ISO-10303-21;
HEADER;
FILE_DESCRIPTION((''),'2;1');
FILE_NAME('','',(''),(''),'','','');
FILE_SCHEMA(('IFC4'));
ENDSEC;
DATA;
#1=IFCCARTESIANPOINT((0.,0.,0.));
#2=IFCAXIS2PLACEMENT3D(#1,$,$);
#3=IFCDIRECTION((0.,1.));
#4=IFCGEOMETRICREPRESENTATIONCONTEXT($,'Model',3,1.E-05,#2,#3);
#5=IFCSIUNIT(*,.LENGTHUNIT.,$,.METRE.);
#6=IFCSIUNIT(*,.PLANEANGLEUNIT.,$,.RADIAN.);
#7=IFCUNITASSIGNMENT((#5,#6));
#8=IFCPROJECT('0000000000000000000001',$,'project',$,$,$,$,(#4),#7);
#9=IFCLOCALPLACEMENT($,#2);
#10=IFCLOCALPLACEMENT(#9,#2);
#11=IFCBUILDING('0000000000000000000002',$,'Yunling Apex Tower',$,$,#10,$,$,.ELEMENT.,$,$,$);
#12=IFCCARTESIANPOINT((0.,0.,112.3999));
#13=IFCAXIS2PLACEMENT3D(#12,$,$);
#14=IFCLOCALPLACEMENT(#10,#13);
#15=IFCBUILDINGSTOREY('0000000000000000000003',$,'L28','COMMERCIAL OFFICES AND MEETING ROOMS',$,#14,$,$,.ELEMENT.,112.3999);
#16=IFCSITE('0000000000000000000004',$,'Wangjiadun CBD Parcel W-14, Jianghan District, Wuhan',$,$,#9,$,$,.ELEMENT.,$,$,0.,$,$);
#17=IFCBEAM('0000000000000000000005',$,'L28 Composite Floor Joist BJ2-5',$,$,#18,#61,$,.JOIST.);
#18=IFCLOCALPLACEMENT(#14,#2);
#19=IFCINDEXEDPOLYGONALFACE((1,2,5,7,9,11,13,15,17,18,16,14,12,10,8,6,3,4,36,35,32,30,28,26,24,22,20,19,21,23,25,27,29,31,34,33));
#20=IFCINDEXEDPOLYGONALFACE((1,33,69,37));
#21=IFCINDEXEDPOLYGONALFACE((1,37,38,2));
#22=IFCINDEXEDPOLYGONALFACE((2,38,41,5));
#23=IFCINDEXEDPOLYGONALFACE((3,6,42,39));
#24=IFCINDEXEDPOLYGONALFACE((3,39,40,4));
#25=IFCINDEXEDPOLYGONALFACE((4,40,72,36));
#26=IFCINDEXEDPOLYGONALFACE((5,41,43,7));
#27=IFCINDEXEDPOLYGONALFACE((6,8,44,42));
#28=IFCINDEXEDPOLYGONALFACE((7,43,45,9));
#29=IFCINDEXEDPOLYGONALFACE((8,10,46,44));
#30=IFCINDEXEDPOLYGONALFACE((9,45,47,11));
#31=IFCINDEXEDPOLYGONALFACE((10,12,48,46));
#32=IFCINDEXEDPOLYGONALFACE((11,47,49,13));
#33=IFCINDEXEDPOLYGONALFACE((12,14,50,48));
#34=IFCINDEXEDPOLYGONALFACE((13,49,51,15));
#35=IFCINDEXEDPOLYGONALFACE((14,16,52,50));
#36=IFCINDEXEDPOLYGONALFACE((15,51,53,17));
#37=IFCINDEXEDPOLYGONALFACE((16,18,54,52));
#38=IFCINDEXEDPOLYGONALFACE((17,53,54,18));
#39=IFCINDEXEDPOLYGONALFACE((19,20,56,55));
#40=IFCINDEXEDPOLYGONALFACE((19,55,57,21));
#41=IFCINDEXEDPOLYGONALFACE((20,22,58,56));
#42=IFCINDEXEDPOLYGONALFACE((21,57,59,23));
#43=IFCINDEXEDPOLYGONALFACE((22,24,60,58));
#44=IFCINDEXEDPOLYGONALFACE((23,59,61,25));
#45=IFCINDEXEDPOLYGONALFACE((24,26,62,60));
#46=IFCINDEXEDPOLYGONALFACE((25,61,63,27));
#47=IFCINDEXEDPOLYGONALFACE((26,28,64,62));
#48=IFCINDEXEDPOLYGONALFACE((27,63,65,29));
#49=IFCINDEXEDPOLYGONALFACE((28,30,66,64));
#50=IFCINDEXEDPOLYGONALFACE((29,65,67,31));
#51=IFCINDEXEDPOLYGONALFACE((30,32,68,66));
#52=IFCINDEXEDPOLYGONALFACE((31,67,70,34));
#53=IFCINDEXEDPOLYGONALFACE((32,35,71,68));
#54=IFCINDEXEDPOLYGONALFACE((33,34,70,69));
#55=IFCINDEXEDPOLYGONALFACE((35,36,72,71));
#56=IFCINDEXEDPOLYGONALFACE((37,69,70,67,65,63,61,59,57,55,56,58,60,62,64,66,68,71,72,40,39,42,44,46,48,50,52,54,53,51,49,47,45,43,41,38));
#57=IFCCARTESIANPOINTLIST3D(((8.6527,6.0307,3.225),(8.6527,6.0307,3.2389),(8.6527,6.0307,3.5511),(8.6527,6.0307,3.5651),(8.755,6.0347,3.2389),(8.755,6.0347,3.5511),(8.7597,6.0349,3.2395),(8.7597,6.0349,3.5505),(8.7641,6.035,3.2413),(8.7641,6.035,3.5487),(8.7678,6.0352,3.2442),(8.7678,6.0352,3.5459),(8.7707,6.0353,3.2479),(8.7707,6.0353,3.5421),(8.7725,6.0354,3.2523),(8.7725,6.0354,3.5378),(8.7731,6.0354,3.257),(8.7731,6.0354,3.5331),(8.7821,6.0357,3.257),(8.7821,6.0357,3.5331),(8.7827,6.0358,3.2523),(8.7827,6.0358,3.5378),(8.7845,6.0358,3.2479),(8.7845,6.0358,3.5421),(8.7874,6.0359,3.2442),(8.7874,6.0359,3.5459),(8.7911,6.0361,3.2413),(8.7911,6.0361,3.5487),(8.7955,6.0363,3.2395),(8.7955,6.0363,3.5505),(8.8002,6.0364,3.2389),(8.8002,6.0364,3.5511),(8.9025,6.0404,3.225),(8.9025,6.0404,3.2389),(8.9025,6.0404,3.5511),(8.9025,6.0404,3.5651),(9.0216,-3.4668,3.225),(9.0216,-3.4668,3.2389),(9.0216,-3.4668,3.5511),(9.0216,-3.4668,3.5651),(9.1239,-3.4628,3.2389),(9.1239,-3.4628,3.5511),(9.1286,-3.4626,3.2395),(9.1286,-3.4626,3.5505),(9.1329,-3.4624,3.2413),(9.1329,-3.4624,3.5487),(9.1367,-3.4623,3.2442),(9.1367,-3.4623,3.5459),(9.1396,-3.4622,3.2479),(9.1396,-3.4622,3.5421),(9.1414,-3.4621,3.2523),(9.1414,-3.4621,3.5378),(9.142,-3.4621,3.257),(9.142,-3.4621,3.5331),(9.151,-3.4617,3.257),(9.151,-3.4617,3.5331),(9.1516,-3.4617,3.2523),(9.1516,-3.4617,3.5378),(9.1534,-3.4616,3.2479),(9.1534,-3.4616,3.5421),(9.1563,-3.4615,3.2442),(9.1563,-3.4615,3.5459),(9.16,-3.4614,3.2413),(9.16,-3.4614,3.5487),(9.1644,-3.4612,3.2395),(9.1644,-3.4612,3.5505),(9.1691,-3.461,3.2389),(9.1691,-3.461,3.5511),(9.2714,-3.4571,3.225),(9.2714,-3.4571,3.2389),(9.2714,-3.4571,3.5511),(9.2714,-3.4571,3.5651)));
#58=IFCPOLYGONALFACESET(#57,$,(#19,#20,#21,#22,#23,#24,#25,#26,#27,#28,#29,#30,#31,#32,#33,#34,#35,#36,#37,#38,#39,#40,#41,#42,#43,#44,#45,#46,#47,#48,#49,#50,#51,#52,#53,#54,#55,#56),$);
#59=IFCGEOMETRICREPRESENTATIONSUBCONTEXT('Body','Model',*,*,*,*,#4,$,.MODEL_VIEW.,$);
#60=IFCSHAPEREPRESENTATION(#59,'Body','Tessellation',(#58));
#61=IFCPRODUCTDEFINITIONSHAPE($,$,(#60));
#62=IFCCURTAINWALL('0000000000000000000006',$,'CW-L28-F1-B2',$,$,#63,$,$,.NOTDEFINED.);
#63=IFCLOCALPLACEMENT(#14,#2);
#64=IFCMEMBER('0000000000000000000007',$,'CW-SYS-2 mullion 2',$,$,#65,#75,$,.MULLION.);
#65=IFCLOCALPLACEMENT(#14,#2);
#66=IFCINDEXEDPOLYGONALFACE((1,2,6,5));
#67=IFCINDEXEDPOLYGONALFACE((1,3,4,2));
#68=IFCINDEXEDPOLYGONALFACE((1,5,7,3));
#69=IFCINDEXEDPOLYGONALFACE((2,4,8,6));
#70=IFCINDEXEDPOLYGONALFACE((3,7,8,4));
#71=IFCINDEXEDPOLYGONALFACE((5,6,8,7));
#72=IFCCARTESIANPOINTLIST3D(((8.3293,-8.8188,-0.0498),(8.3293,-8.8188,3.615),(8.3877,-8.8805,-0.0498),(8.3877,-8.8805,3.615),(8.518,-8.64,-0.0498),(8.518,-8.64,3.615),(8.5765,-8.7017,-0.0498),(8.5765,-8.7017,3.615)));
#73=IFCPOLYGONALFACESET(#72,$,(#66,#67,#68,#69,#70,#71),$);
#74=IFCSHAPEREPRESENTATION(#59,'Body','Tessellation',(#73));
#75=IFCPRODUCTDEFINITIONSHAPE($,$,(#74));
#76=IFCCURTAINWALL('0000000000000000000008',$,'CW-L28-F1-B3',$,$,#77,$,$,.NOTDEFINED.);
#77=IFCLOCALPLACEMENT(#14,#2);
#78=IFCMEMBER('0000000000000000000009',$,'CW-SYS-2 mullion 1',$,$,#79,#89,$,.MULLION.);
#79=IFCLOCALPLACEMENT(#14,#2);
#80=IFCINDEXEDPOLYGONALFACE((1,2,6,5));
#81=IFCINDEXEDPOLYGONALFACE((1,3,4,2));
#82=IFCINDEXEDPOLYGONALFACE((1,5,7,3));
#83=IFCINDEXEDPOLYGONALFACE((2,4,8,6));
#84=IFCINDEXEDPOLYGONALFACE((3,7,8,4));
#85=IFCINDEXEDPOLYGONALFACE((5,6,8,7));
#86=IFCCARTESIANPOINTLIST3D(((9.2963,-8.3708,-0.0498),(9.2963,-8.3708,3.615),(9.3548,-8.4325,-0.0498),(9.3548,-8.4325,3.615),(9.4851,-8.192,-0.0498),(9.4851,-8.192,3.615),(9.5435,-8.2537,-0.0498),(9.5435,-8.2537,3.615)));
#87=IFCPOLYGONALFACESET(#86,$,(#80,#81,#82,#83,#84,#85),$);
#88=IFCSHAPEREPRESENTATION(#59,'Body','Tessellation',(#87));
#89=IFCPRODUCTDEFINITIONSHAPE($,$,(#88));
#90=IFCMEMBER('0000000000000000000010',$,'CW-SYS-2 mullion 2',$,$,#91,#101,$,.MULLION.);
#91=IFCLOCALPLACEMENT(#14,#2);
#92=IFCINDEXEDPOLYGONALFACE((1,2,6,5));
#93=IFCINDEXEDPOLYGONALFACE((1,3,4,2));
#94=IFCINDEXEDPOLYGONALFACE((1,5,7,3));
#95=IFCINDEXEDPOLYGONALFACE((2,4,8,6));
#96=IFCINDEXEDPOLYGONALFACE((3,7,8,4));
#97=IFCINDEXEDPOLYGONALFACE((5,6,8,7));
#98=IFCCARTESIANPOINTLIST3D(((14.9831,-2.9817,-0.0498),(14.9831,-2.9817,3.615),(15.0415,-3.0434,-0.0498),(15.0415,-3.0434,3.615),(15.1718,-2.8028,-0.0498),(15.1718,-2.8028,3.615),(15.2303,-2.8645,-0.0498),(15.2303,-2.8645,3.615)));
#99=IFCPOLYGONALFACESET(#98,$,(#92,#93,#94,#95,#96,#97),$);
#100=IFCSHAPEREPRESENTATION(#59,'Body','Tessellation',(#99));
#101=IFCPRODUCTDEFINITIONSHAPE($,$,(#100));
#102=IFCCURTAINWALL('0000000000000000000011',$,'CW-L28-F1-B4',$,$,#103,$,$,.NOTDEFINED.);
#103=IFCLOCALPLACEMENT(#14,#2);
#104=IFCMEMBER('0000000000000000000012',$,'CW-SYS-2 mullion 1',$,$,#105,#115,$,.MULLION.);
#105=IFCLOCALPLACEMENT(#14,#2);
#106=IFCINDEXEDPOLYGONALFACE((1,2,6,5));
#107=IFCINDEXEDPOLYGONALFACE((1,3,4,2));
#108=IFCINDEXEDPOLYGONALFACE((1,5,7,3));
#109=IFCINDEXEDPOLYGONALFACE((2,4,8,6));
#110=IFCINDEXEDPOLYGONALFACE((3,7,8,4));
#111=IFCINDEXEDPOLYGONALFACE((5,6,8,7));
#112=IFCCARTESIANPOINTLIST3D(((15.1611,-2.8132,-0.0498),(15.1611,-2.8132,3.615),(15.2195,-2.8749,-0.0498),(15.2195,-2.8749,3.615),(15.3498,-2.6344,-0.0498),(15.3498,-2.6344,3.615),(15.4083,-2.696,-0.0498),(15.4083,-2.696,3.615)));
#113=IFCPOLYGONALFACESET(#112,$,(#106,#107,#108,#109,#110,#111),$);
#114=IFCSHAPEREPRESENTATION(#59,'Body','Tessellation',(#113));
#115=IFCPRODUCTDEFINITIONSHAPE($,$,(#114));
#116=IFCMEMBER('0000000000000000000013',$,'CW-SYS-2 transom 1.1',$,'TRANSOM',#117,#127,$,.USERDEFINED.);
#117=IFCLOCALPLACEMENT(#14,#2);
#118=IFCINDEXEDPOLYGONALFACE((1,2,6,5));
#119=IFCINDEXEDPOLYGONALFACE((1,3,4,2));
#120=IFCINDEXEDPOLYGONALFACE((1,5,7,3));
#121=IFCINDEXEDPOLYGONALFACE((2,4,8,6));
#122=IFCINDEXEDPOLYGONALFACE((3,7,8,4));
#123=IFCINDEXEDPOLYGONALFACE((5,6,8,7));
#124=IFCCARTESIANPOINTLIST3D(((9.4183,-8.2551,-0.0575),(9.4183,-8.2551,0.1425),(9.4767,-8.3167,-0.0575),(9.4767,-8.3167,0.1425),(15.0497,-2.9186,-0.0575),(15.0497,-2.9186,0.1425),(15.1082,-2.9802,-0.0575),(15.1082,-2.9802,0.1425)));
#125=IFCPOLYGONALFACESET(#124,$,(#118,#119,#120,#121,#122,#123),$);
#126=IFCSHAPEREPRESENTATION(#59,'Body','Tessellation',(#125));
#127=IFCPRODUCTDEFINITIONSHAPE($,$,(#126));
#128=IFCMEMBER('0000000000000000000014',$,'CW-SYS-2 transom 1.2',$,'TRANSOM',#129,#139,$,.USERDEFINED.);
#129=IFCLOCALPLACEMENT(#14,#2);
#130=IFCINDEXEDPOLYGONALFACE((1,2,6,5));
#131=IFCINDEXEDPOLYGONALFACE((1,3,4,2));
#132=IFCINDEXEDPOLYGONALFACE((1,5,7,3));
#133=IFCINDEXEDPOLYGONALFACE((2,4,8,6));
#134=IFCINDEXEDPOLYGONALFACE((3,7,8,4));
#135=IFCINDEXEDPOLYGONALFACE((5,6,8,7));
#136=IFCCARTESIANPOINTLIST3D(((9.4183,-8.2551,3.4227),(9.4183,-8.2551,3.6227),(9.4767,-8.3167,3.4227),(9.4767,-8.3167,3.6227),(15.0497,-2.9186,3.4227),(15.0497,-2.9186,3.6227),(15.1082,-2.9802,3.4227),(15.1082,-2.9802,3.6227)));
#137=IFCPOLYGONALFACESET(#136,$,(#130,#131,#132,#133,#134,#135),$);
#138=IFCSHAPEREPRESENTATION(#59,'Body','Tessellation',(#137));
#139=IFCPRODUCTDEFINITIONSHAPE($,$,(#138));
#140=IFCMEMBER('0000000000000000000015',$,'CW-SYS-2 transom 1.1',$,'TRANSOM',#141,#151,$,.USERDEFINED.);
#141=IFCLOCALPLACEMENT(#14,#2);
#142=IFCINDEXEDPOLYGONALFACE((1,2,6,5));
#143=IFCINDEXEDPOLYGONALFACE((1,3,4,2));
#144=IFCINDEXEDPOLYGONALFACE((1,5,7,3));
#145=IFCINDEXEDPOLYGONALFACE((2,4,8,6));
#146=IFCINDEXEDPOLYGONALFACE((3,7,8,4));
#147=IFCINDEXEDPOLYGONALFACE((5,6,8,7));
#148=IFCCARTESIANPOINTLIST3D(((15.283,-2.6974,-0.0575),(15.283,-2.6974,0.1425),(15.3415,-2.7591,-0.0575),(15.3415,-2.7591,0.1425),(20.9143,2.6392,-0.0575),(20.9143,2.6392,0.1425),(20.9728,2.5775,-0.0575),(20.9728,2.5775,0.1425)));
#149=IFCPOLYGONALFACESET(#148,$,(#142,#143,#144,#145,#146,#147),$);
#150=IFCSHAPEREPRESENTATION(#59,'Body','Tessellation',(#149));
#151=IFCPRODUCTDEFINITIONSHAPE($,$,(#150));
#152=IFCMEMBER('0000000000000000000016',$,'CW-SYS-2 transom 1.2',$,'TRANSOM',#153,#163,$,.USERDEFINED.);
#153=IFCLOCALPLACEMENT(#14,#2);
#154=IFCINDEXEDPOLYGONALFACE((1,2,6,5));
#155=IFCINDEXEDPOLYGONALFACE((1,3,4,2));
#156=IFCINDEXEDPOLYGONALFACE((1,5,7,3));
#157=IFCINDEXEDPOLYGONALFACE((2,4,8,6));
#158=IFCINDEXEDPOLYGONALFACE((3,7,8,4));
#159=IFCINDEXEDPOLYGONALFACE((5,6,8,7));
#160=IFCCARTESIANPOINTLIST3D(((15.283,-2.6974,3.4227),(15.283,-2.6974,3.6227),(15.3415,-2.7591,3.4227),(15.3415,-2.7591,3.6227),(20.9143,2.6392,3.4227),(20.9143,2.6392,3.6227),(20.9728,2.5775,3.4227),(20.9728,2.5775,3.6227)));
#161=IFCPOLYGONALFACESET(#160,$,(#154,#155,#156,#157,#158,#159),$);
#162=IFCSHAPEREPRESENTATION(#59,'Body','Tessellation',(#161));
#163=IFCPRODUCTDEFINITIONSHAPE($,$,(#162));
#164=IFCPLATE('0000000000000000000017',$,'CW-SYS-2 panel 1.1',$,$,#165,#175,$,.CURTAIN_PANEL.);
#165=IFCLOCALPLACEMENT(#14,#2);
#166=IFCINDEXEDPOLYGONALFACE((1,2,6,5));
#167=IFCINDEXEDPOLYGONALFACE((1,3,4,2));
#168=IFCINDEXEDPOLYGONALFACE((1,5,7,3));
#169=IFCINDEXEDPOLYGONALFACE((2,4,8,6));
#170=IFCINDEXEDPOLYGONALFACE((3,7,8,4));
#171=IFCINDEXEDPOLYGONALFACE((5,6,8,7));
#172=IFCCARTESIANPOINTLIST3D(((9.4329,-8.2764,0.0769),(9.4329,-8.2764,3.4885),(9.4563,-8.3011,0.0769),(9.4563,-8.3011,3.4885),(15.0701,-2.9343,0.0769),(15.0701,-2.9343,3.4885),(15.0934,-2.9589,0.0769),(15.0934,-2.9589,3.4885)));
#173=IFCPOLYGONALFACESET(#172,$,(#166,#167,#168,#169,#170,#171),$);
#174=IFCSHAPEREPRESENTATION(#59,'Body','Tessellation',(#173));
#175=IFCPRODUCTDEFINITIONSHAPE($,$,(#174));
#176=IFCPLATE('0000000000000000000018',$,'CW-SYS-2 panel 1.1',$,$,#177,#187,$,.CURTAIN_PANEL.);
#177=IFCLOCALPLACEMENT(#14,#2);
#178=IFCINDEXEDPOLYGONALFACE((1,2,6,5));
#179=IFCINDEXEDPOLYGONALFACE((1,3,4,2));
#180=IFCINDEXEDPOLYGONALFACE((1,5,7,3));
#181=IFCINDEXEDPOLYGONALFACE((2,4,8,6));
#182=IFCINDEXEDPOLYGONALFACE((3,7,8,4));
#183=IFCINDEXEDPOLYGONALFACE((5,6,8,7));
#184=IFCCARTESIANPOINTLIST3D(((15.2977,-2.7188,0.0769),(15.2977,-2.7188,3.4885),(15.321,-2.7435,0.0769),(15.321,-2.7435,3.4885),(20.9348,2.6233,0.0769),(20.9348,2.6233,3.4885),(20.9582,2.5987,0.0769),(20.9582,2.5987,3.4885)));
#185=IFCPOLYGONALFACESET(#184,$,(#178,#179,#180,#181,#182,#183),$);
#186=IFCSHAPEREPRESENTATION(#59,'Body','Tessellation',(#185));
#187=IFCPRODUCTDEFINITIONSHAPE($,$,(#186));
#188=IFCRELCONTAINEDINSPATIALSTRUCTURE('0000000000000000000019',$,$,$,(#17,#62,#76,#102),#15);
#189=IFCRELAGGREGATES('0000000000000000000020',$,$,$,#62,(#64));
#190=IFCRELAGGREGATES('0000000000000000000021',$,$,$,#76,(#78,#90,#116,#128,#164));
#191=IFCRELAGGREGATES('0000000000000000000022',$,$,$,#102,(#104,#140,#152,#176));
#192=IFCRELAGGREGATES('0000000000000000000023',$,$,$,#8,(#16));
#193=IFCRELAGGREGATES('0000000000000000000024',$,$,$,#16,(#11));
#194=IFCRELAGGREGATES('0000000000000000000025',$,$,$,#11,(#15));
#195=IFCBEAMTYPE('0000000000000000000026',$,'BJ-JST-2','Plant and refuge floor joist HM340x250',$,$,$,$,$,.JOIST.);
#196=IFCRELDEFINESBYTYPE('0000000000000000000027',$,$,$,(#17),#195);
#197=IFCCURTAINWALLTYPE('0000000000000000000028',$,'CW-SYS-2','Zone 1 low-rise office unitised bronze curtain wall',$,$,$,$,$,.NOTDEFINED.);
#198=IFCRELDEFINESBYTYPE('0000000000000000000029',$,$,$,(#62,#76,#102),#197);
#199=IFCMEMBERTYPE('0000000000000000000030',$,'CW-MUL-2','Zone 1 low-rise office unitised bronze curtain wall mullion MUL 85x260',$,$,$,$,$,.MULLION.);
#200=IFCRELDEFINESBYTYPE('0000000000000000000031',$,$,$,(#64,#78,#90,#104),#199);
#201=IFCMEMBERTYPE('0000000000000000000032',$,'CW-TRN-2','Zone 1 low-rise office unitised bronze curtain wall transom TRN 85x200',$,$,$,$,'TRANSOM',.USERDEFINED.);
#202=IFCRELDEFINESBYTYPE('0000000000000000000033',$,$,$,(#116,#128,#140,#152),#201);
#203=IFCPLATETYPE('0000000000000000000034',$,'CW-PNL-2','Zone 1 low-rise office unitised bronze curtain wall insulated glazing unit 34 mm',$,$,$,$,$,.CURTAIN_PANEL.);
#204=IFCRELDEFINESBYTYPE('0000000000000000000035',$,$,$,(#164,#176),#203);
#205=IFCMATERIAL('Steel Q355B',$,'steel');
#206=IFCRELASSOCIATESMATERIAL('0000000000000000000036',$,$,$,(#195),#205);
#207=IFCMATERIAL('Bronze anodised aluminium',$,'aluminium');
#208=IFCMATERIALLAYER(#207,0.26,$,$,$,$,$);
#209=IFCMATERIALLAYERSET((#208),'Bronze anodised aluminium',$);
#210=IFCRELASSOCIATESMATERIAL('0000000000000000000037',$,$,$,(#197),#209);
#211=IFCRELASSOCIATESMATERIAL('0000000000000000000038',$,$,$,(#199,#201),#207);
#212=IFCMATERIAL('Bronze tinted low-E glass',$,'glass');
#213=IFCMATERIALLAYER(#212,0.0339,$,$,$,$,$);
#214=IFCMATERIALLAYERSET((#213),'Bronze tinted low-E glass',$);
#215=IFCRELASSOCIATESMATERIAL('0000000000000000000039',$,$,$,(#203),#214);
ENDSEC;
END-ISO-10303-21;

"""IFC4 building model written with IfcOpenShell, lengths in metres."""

from ifc_helpers import new_model, si_unit, direction, frame, origin, origin_2d, place, context, subcontext, project, spatial, rectangle, i_section, extrude, source, transform, mapped, material, layer, layer_set, material_profile, profile_set, type_object, element, aggregate, save


model = new_model("IFC4")

# Units and contexts
model_context = context("Model", 3, precision=1e-05, world=origin(), true_north=direction((0.0, 1.0)))
body_context = subcontext(model_context, "Body", "Model", "MODEL_VIEW")
ifc_project = project(units=[si_unit("LENGTHUNIT", "METRE"), si_unit("PLANEANGLEUNIT", "RADIAN")], contexts=[model_context])

# Site, building, storey
site_placement = place(None, origin())
site = spatial("IfcSite", under=ifc_project, at=site_placement, Name="Wangjiadun CBD Parcel W-14, Jianghan District, Wuhan", CompositionType="ELEMENT", RefElevation=0.0)
building_placement = place(site_placement, origin())
building = spatial("IfcBuilding", under=site, at=building_placement, Name="Yunling Apex Tower", CompositionType="ELEMENT")
storey_placement = place(building_placement, frame((0.0, 0.0, 112.3999)))
storey = spatial("IfcBuildingStorey", under=building, at=storey_placement, Name="L28", Description="COMMERCIAL OFFICES AND MEETING ROOMS", CompositionType="ELEMENT", Elevation=112.3999)

# Beam
ifc_material_1 = material(Name="Steel Q355B", Category="steel")
ifc_material_profile_1 = material_profile(ifc_material_1, i_section(OverallWidth=0.25, OverallDepth=0.3401, WebThickness=0.009, FlangeThickness=0.0139, FilletRadius=0.0181, at=origin_2d()))
ifc_profile_set_1 = profile_set([ifc_material_profile_1], Name="Steel Q355B")
beam_type_1 = type_object("IfcBeamType", Name="BJ-JST-2", Description="Plant and refuge floor joist HM340x250", PredefinedType="JOIST", material=ifc_profile_set_1)
shared_shape_1 = source(origin(), body_context, "Body", "SweptSolid", [
    extrude(i_section(OverallWidth=0.25, OverallDepth=0.3401, WebThickness=0.009, FlangeThickness=0.0139, FilletRadius=0.0181, at=origin_2d()), origin(), (0.0, 0.0, 1.0), 9.5046),
])
beam_1_placement = place(storey_placement, frame((9.1465, -3.4619, 3.395), z_axis=(-0.038812, 0.999247, 0.0), x_axis=(-0.999247, -0.038812, 0.0)))
element("IfcBeam", 1, at=beam_1_placement, inside=storey, type_object=beam_type_1, Name="L28 Composite Floor Joist BJ2-5", PredefinedType="JOIST", context=body_context, shape_type="MappedRepresentation", body=[
    mapped(shared_shape_1, transform((0.0, 0.0, 0.0), scale=1.0)),
])

# Curtain wall, member
ifc_material_2 = material(Name="Bronze anodised aluminium", Category="aluminium")
ifc_layer_1 = layer(ifc_material_2, 0.26)
ifc_layer_set_1 = layer_set([ifc_layer_1], Name="Bronze anodised aluminium")
curtain_wall_type = type_object("IfcCurtainWallType", Name="CW-SYS-2", Description="Zone 1 low-rise office unitised bronze curtain wall", PredefinedType="NOTDEFINED", material=ifc_layer_set_1)
curtain_wall_1_placement = place(storey_placement, origin())
curtain_wall_1 = element("IfcCurtainWall", 2, at=curtain_wall_1_placement, inside=storey, type_object=curtain_wall_type, Name="CW-L28-F1-B2", PredefinedType="NOTDEFINED")
ifc_material_profile_2 = material_profile(ifc_material_2, rectangle(XDim=0.085, YDim=0.26, at=origin_2d()))
ifc_profile_set_2 = profile_set([ifc_material_profile_2], Name="Bronze anodised aluminium")
member_type_1 = type_object("IfcMemberType", Name="CW-MUL-2", Description="Zone 1 low-rise office unitised bronze curtain wall mullion MUL 85x260", PredefinedType="MULLION", material=ifc_profile_set_2)
shared_shape_2 = source(origin(), body_context, "Body", "SweptSolid", [
    extrude(rectangle(XDim=0.085, YDim=0.26, at=origin_2d()), origin(), (0.0, 0.0, 1.0), 3.6648),
])
member_1_placement = place(storey_placement, frame((8.4529, -8.7603, -0.0498), z_axis=(0.0, 0.0, 1.0), x_axis=(-0.687844, 0.725858, 0.0)))
member_1 = element("IfcMember", 3, at=member_1_placement, type_object=member_type_1, Name="CW-SYS-2 mullion 2", PredefinedType="MULLION", context=body_context, shape_type="MappedRepresentation", body=[
    mapped(shared_shape_2, transform((0.0, 0.0, 0.0), scale=1.0)),
])
aggregate(curtain_wall_1, [member_1])

# Curtain wall, members
curtain_wall_2_placement = place(storey_placement, origin())
curtain_wall_2 = element("IfcCurtainWall", 4, at=curtain_wall_2_placement, inside=storey, type_object=curtain_wall_type, Name="CW-L28-F1-B3", PredefinedType="NOTDEFINED")
member_2_placement = place(storey_placement, frame((9.4199, -8.3123, -0.0498), z_axis=(0.0, 0.0, 1.0), x_axis=(-0.687861, 0.725842, 0.0)))
member_2 = element("IfcMember", 5, at=member_2_placement, type_object=member_type_1, Name="CW-SYS-2 mullion 1", PredefinedType="MULLION", context=body_context, shape_type="MappedRepresentation", body=[
    mapped(shared_shape_2, transform((0.0, 0.0, 0.0), scale=1.0)),
])
member_3_placement = place(storey_placement, frame((15.1067, -2.9231, -0.0498), z_axis=(0.0, 0.0, 1.0), x_axis=(-0.687861, 0.725842, 0.0)))
member_3 = element("IfcMember", 6, at=member_3_placement, type_object=member_type_1, Name="CW-SYS-2 mullion 2", PredefinedType="MULLION", context=body_context, shape_type="MappedRepresentation", body=[
    mapped(shared_shape_2, transform((0.0, 0.0, 0.0), scale=1.0)),
])

# Curtain wall, member
curtain_wall_3_placement = place(storey_placement, origin())
curtain_wall_3 = element("IfcCurtainWall", 7, at=curtain_wall_3_placement, inside=storey, type_object=curtain_wall_type, Name="CW-L28-F1-B4", PredefinedType="NOTDEFINED")
member_4_placement = place(storey_placement, frame((15.2847, -2.7546, -0.0498), z_axis=(0.0, 0.0, 1.0), x_axis=(-0.687861, 0.725842, 0.0)))
member_4 = element("IfcMember", 8, at=member_4_placement, type_object=member_type_1, Name="CW-SYS-2 mullion 1", PredefinedType="MULLION", context=body_context, shape_type="MappedRepresentation", body=[
    mapped(shared_shape_2, transform((0.0, 0.0, 0.0), scale=1.0)),
])

# Members
ifc_material_profile_3 = material_profile(ifc_material_2, rectangle(XDim=0.085, YDim=0.2, at=origin_2d()))
ifc_profile_set_3 = profile_set([ifc_material_profile_3], Name="Bronze anodised aluminium")
member_type_2 = type_object("IfcMemberType", Name="CW-TRN-2", Description="Zone 1 low-rise office unitised bronze curtain wall transom TRN 85x200", ElementType="TRANSOM", PredefinedType="USERDEFINED", material=ifc_profile_set_3)
shared_shape_3 = source(origin(), body_context, "Body", "SweptSolid", [
    extrude(rectangle(XDim=0.085, YDim=0.2, at=origin_2d()), origin(), (0.0, 0.0, 1.0), 7.7583),
])
member_5_placement = place(storey_placement, frame((9.4475, -8.2859, 0.0425), z_axis=(0.725858, 0.687844, 0.0), x_axis=(-0.687844, 0.725858, 0.0)))
member_5 = element("IfcMember", 9, at=member_5_placement, type_object=member_type_2, Name="CW-SYS-2 transom 1.1", ObjectType="TRANSOM", PredefinedType="USERDEFINED", context=body_context, shape_type="MappedRepresentation", body=[
    mapped(shared_shape_3, transform((0.0, 0.0, 0.0), scale=1.0)),
])
member_6_placement = place(storey_placement, frame((9.4475, -8.2859, 3.5227), z_axis=(0.725858, 0.687844, 0.0), x_axis=(-0.687844, 0.725858, 0.0)))
member_6 = element("IfcMember", 10, at=member_6_placement, type_object=member_type_2, Name="CW-SYS-2 transom 1.2", ObjectType="TRANSOM", PredefinedType="USERDEFINED", context=body_context, shape_type="MappedRepresentation", body=[
    mapped(shared_shape_3, transform((0.0, 0.0, 0.0), scale=1.0)),
])
member_7_placement = place(storey_placement, frame((15.3123, -2.7283, 0.0425), z_axis=(0.725843, 0.687861, 0.0), x_axis=(-0.687861, 0.725843, 0.0)))
member_7 = element("IfcMember", 11, at=member_7_placement, type_object=member_type_2, Name="CW-SYS-2 transom 1.1", ObjectType="TRANSOM", PredefinedType="USERDEFINED", context=body_context, shape_type="MappedRepresentation", body=[
    mapped(shared_shape_3, transform((0.0, 0.0, 0.0), scale=1.0)),
])
member_8_placement = place(storey_placement, frame((15.3123, -2.7283, 3.5227), z_axis=(0.725843, 0.687861, 0.0), x_axis=(-0.687861, 0.725843, 0.0)))
member_8 = element("IfcMember", 12, at=member_8_placement, type_object=member_type_2, Name="CW-SYS-2 transom 1.2", ObjectType="TRANSOM", PredefinedType="USERDEFINED", context=body_context, shape_type="MappedRepresentation", body=[
    mapped(shared_shape_3, transform((0.0, 0.0, 0.0), scale=1.0)),
])

# Plates
ifc_material_3 = material(Name="Bronze tinted low-E glass", Category="glass")
ifc_layer_2 = layer(ifc_material_3, 0.0339)
ifc_layer_set_2 = layer_set([ifc_layer_2], Name="Bronze tinted low-E glass")
plate_type = type_object("IfcPlateType", Name="CW-PNL-2", Description="Zone 1 low-rise office unitised bronze curtain wall insulated glazing unit 34 mm", PredefinedType="CURTAIN_PANEL", material=ifc_layer_set_2)
shared_shape_4 = source(origin(), body_context, "Body", "SweptSolid", [
    extrude(rectangle(XDim=7.7664, YDim=0.0339, at=origin_2d()), origin(), (0.0, 0.0, 1.0), 3.4116),
])
plate_1_placement = place(storey_placement, frame((12.2632, -5.6177, 0.0769), z_axis=(0.0, 0.0, 1.0), x_axis=(0.725842, 0.687861, 0.0)))
plate_1 = element("IfcPlate", 13, at=plate_1_placement, type_object=plate_type, Name="CW-SYS-2 panel 1.1", PredefinedType="CURTAIN_PANEL", context=body_context, shape_type="MappedRepresentation", body=[
    mapped(shared_shape_4, transform((0.0, 0.0, 0.0), scale=1.0)),
])
aggregate(curtain_wall_2, [member_2, member_3, member_5, member_6, plate_1])
plate_2_placement = place(storey_placement, frame((18.1279, -0.0601, 0.0769), z_axis=(0.0, 0.0, 1.0), x_axis=(0.725842, 0.687861, 0.0)))
plate_2 = element("IfcPlate", 14, at=plate_2_placement, type_object=plate_type, Name="CW-SYS-2 panel 1.1", PredefinedType="CURTAIN_PANEL", context=body_context, shape_type="MappedRepresentation", body=[
    mapped(shared_shape_4, transform((0.0, 0.0, 0.0), scale=1.0)),
])
aggregate(curtain_wall_3, [member_4, member_7, member_8, plate_2])

save(model, "model.ifc")
